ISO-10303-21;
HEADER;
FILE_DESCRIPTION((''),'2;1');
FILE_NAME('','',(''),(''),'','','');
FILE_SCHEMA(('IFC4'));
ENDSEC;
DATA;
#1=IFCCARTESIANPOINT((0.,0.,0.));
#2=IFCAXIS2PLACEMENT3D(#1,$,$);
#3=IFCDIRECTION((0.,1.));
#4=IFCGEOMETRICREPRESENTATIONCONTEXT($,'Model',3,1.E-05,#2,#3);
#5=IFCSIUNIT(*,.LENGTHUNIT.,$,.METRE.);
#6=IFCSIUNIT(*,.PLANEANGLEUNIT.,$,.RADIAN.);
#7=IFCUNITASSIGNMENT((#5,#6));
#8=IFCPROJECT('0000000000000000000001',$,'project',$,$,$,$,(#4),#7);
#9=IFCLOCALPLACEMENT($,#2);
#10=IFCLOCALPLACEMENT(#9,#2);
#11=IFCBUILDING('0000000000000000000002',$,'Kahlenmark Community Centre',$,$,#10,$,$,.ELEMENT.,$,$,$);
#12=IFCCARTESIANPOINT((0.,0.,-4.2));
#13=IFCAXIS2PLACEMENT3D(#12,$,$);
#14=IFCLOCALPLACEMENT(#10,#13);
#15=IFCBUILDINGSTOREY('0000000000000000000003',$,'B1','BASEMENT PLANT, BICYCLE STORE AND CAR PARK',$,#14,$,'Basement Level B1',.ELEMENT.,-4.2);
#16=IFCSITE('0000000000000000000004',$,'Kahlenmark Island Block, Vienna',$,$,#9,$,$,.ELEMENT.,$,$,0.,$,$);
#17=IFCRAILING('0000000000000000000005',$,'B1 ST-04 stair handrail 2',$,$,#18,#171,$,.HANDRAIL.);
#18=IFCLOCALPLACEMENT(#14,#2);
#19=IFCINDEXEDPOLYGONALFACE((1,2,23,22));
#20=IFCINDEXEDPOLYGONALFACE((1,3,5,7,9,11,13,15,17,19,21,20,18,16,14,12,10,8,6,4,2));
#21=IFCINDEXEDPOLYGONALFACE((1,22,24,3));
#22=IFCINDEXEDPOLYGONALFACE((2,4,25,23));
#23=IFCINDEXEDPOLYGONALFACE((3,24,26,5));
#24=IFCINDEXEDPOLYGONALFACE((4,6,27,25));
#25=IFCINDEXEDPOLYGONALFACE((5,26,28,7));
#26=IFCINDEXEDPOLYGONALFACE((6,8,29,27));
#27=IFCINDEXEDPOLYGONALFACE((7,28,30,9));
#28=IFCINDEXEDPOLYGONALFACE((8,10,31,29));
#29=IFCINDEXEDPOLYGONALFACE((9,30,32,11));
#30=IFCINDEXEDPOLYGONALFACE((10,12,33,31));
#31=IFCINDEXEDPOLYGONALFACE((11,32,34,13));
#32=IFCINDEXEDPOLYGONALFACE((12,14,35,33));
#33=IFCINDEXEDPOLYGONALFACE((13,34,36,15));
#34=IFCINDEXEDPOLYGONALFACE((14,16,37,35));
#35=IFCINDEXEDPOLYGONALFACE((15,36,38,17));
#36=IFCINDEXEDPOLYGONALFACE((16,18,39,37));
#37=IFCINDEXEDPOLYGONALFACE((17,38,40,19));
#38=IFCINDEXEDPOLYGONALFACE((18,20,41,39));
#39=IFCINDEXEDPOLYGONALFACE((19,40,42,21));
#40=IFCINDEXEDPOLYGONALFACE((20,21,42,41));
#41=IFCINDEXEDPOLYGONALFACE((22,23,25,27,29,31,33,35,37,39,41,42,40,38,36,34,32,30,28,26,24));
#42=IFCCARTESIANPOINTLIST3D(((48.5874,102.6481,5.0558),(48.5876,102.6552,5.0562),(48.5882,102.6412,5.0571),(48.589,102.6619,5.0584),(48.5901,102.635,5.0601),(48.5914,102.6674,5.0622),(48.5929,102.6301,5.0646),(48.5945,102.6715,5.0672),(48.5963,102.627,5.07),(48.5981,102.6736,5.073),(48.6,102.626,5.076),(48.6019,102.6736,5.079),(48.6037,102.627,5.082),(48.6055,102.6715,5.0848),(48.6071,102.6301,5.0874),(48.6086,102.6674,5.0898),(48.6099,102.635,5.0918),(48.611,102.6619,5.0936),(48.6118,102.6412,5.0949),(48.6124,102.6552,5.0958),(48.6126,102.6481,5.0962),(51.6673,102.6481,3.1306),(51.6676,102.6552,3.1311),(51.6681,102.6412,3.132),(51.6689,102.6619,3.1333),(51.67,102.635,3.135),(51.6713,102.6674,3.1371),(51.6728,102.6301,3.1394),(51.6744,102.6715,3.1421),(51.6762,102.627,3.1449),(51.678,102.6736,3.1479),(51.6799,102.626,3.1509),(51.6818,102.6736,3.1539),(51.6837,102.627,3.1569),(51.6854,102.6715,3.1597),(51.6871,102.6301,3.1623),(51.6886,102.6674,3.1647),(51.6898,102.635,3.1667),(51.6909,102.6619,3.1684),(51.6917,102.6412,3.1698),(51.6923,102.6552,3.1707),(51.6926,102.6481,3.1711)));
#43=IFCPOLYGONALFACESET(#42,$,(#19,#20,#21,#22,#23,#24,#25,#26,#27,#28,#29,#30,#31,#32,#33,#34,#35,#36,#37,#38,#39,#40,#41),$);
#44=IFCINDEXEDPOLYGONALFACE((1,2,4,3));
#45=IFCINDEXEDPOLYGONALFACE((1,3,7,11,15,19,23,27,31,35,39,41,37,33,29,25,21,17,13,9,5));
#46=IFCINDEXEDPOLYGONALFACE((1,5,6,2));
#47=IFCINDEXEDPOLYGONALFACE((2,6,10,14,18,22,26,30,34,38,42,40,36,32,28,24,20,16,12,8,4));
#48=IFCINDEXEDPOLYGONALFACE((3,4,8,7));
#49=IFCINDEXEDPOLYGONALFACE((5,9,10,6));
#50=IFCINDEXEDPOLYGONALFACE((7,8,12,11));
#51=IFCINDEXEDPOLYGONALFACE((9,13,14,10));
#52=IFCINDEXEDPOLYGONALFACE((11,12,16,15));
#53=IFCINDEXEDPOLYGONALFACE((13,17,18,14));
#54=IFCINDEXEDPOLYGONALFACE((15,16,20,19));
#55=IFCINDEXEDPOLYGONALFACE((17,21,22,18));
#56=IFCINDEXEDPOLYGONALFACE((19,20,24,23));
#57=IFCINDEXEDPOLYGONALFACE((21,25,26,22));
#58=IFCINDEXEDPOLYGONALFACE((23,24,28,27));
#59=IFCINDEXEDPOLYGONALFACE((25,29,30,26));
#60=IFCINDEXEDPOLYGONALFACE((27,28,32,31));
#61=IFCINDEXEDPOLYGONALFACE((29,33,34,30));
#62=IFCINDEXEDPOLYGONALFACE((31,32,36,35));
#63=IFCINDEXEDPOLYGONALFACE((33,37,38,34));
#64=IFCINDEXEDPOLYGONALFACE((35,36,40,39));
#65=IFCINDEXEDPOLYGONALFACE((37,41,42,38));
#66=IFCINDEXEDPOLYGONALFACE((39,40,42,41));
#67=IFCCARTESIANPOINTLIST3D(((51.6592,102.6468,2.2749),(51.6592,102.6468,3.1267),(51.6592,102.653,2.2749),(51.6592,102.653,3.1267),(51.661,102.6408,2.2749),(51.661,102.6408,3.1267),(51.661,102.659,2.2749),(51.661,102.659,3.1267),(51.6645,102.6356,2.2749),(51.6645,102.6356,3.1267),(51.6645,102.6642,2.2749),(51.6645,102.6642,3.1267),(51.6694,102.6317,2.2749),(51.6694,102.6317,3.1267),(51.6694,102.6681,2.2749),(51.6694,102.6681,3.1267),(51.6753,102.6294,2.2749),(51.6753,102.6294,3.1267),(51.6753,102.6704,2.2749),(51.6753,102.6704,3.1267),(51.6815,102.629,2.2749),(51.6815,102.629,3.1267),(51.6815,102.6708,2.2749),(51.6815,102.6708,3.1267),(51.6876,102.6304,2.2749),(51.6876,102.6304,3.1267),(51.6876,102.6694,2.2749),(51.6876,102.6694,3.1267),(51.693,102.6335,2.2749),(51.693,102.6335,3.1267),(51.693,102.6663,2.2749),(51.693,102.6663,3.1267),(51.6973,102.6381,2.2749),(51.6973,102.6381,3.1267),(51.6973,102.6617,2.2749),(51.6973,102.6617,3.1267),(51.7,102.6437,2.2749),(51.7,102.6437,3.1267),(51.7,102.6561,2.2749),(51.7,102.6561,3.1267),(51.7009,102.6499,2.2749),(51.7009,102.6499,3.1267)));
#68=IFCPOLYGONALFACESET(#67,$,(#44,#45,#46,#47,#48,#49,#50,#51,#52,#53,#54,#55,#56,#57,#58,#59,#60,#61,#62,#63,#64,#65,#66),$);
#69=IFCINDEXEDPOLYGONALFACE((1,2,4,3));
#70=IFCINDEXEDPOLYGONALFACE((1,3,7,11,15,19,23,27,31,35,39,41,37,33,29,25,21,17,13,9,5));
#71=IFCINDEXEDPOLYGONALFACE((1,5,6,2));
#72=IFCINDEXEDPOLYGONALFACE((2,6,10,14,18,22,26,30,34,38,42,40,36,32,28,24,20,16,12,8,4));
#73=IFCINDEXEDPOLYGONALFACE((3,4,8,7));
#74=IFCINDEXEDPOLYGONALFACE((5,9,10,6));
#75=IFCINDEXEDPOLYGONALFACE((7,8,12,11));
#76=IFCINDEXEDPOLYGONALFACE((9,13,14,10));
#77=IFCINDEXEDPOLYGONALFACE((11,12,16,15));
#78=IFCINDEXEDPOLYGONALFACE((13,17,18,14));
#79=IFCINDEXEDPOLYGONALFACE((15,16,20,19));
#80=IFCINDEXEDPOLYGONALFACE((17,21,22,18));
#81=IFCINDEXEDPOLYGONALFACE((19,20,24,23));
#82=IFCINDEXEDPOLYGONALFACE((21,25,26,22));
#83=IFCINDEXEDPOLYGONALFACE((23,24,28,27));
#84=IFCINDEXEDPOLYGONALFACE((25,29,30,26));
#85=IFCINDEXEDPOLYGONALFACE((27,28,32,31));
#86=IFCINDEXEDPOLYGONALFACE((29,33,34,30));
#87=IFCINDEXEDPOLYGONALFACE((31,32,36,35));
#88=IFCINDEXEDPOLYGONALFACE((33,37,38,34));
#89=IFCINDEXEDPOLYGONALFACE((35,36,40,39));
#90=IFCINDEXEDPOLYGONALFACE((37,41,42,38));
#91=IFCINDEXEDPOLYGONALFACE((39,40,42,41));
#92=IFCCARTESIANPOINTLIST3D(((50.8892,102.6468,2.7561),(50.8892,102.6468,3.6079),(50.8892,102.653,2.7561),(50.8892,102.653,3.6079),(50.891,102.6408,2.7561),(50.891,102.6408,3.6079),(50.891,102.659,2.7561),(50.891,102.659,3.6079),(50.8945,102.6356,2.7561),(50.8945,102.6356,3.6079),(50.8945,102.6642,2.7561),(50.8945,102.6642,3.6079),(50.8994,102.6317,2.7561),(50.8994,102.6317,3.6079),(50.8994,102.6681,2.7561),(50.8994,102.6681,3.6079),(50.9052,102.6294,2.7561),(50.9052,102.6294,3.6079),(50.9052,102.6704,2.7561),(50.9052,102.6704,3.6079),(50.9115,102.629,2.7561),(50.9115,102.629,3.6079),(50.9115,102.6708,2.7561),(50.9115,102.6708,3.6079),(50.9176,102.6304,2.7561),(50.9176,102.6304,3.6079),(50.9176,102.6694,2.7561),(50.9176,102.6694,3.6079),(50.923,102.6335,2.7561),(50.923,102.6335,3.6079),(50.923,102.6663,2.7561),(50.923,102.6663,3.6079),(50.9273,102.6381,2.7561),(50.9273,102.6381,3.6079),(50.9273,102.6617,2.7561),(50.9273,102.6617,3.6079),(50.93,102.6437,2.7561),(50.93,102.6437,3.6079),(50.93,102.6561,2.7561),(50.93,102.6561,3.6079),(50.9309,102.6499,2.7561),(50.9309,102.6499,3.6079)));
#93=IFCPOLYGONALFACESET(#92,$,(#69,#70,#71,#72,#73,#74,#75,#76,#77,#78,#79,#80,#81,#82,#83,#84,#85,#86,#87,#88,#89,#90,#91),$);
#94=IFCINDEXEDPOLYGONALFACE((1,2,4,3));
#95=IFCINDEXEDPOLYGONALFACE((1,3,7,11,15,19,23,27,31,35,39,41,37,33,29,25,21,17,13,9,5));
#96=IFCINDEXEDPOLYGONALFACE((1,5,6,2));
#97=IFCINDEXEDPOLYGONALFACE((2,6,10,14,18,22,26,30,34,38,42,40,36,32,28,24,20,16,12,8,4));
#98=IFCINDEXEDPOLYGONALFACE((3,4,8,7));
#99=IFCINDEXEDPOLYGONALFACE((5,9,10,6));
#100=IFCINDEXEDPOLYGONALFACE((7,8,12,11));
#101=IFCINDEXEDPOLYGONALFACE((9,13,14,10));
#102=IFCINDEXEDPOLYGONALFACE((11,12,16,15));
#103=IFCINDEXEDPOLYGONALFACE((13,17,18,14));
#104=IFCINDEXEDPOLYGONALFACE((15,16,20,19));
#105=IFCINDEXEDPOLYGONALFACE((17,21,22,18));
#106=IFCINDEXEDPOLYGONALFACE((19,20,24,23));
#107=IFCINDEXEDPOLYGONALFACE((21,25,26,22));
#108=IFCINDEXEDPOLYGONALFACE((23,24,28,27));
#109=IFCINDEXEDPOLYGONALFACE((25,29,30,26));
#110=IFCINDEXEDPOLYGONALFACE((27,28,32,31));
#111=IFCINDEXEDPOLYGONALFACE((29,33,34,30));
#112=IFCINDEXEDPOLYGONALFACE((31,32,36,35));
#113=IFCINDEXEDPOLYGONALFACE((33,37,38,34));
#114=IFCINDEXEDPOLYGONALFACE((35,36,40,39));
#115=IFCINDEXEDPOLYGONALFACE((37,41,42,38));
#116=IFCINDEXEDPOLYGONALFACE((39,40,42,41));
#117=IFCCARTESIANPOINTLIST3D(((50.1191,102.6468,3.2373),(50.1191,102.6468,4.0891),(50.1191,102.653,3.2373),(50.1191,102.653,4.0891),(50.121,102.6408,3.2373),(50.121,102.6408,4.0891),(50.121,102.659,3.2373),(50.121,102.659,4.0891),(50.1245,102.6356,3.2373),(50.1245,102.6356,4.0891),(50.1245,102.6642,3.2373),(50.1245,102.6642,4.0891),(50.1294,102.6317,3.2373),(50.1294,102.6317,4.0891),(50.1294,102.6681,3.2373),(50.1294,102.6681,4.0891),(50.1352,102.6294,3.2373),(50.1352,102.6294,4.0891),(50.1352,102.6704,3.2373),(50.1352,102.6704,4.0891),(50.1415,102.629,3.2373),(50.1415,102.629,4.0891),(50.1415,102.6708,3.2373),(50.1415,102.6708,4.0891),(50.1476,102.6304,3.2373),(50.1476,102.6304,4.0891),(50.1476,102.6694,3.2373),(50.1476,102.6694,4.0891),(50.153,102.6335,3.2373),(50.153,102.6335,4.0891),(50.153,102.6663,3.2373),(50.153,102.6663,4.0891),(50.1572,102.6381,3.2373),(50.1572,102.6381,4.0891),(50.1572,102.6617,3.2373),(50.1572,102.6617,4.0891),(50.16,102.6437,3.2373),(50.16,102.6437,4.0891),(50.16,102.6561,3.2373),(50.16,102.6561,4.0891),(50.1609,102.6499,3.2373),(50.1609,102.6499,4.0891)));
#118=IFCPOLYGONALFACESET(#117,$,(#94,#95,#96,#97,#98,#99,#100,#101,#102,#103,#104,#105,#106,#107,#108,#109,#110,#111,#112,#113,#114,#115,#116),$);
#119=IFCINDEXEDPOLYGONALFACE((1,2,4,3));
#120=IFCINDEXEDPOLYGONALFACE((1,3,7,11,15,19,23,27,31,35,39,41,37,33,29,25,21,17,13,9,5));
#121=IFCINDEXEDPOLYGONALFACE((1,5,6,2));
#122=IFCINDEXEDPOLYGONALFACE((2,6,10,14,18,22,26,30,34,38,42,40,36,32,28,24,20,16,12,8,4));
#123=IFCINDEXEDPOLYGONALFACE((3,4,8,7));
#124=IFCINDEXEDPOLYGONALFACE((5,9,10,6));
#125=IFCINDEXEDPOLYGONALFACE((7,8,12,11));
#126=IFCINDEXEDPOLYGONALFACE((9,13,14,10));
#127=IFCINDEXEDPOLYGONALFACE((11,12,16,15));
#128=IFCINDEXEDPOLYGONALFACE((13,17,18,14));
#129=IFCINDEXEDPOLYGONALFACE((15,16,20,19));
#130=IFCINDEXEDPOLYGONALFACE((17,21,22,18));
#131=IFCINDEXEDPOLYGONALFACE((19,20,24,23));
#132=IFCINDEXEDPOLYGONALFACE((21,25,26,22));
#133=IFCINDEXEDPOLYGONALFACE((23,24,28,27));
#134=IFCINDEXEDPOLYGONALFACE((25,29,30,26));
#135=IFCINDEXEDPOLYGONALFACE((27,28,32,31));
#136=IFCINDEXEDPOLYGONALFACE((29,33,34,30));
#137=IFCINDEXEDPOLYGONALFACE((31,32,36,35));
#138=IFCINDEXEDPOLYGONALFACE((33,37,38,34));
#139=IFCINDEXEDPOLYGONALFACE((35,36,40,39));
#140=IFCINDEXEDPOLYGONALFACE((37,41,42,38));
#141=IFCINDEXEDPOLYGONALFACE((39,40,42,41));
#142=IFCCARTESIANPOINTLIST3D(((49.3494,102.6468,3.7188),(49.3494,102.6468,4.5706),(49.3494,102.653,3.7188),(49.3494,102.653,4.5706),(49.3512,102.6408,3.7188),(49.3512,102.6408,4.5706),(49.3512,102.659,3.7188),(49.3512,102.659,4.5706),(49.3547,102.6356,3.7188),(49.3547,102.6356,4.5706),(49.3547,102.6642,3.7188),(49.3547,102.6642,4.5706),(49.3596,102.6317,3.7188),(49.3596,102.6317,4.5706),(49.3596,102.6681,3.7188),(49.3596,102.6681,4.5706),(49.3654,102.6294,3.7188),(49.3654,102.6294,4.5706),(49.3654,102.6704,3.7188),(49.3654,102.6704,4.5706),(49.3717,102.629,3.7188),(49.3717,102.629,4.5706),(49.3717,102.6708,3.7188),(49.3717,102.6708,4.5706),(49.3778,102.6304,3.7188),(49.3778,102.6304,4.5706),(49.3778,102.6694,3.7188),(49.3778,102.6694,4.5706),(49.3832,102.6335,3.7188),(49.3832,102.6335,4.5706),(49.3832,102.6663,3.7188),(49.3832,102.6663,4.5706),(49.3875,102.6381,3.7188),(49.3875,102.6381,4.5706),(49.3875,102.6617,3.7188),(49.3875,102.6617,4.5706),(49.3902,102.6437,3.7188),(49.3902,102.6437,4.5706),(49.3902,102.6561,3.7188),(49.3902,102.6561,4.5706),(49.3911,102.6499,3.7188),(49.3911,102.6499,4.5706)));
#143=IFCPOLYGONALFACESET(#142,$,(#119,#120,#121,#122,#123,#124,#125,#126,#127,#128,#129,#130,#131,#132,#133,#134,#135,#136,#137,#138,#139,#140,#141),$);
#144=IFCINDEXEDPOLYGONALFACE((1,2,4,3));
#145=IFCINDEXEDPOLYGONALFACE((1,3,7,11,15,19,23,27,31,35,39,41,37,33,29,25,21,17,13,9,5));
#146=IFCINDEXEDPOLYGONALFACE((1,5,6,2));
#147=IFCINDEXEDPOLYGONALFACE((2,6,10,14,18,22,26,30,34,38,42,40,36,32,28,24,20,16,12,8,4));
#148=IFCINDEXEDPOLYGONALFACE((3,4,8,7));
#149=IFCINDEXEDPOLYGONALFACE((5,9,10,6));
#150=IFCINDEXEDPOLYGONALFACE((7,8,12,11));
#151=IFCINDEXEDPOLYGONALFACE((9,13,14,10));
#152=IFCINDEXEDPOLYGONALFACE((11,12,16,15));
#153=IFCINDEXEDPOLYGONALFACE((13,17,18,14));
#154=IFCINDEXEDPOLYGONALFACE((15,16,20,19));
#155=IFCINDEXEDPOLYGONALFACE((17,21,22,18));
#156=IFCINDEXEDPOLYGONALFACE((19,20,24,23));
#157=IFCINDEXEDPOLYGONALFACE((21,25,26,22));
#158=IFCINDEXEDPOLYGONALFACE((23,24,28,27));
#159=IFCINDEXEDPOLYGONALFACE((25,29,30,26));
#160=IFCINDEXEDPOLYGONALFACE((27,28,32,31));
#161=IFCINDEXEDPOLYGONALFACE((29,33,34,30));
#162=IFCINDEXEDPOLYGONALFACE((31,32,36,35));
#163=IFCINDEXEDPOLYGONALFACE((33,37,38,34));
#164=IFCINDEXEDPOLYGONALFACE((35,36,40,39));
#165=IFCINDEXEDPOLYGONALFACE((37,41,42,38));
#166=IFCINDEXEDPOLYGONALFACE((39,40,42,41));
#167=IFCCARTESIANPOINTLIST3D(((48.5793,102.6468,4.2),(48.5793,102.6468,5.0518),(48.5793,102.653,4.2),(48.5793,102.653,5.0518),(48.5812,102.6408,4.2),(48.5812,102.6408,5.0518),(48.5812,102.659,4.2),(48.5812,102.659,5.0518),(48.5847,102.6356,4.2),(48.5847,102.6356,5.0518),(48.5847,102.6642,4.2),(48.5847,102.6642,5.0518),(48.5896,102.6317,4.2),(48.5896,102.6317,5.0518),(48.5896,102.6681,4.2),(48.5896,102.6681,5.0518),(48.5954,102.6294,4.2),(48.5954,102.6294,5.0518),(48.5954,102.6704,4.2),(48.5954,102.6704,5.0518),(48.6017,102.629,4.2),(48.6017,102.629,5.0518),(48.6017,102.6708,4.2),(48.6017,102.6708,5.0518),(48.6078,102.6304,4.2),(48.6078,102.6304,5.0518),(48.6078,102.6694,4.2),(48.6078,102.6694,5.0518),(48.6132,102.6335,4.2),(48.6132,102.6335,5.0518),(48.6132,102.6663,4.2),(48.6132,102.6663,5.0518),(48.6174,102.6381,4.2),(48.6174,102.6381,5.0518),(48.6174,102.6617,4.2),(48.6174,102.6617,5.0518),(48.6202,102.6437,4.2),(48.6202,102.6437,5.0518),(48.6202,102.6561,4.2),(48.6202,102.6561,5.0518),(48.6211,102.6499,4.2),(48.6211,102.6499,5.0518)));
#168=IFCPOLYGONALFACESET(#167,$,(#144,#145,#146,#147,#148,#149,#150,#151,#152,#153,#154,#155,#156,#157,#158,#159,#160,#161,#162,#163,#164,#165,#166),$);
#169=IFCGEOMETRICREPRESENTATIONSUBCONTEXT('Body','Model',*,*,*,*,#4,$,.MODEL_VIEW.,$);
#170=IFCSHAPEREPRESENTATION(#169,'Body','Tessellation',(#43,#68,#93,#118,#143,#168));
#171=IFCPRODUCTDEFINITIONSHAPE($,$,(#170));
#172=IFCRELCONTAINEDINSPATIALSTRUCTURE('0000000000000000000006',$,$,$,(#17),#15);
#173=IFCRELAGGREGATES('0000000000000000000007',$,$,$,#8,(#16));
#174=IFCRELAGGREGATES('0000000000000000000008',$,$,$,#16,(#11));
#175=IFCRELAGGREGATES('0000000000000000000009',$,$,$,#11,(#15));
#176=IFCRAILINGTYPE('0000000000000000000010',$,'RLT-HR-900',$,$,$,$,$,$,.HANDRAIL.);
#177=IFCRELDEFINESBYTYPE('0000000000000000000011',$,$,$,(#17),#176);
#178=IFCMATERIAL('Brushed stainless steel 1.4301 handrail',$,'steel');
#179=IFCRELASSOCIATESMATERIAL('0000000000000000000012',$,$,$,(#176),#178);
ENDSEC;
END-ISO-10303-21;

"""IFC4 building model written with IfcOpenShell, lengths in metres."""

from ifc_helpers import new_model, si_unit, direction, frame, origin, origin_2d, place, context, subcontext, project, spatial, circle, extrude, material, type_object, element, save


model = new_model("IFC4")

# Units and contexts
model_context = context("Model", 3, precision=1e-05, world=origin(), true_north=direction((0.0, 1.0)))
body_context = subcontext(model_context, "Body", "Model", "MODEL_VIEW")
ifc_project = project(units=[si_unit("LENGTHUNIT", "METRE"), si_unit("PLANEANGLEUNIT", "RADIAN")], contexts=[model_context])

# Site, building, storey
site_placement = place(None, origin())
site = spatial("IfcSite", under=ifc_project, at=site_placement, Name="Kahlenmark Island Block, Vienna", CompositionType="ELEMENT", RefElevation=0.0)
building_placement = place(site_placement, origin())
building = spatial("IfcBuilding", under=site, at=building_placement, Name="Kahlenmark Community Centre", CompositionType="ELEMENT")
storey_placement = place(building_placement, frame((0.0, 0.0, -4.2)))
storey = spatial("IfcBuildingStorey", under=building, at=storey_placement, Name="B1", Description="BASEMENT PLANT, BICYCLE STORE AND CAR PARK", LongName="Basement Level B1", CompositionType="ELEMENT", Elevation=-4.2)

# Railing
ifc_material_1 = material(Name="Brushed stainless steel 1.4301 handrail", Category="steel")
railing_type_1 = type_object("IfcRailingType", Name="RLT-HR-900", PredefinedType="HANDRAIL", material=ifc_material_1)
railing_1_placement = place(storey_placement, frame((51.6799, 102.6499, 2.2749)))
element("IfcRailing", 1, at=railing_1_placement, inside=storey, type_object=railing_type_1, Name="B1 ST-04 stair handrail 2", PredefinedType="HANDRAIL", context=body_context, shape_type="SweptSolid", body=[
    extrude(circle(Radius=0.0239, at=origin_2d()), frame((0.0, 0.0, 0.876), z_axis=(-0.847979, 0.0, 0.530029), x_axis=(0.0, -1.0, 0.0)), (0.0, 0.0, 1.0), 3.6321),
    extrude(circle(Radius=0.021, at=origin_2d()), origin(), (0.0, 0.0, 1.0), 0.8518),
    extrude(circle(Radius=0.021, at=origin_2d()), frame((-0.77, 0.0, 0.4812)), (0.0, 0.0, 1.0), 0.8518),
    extrude(circle(Radius=0.021, at=origin_2d()), frame((-1.54, 0.0, 0.9624)), (0.0, 0.0, 1.0), 0.8518),
    extrude(circle(Radius=0.021, at=origin_2d()), frame((-2.3098, 0.0, 1.4438)), (0.0, 0.0, 1.0), 0.8518),
    extrude(circle(Radius=0.021, at=origin_2d()), frame((-3.0798, 0.0, 1.925)), (0.0, 0.0, 1.0), 0.8518),
])

save(model, "model.ifc")
